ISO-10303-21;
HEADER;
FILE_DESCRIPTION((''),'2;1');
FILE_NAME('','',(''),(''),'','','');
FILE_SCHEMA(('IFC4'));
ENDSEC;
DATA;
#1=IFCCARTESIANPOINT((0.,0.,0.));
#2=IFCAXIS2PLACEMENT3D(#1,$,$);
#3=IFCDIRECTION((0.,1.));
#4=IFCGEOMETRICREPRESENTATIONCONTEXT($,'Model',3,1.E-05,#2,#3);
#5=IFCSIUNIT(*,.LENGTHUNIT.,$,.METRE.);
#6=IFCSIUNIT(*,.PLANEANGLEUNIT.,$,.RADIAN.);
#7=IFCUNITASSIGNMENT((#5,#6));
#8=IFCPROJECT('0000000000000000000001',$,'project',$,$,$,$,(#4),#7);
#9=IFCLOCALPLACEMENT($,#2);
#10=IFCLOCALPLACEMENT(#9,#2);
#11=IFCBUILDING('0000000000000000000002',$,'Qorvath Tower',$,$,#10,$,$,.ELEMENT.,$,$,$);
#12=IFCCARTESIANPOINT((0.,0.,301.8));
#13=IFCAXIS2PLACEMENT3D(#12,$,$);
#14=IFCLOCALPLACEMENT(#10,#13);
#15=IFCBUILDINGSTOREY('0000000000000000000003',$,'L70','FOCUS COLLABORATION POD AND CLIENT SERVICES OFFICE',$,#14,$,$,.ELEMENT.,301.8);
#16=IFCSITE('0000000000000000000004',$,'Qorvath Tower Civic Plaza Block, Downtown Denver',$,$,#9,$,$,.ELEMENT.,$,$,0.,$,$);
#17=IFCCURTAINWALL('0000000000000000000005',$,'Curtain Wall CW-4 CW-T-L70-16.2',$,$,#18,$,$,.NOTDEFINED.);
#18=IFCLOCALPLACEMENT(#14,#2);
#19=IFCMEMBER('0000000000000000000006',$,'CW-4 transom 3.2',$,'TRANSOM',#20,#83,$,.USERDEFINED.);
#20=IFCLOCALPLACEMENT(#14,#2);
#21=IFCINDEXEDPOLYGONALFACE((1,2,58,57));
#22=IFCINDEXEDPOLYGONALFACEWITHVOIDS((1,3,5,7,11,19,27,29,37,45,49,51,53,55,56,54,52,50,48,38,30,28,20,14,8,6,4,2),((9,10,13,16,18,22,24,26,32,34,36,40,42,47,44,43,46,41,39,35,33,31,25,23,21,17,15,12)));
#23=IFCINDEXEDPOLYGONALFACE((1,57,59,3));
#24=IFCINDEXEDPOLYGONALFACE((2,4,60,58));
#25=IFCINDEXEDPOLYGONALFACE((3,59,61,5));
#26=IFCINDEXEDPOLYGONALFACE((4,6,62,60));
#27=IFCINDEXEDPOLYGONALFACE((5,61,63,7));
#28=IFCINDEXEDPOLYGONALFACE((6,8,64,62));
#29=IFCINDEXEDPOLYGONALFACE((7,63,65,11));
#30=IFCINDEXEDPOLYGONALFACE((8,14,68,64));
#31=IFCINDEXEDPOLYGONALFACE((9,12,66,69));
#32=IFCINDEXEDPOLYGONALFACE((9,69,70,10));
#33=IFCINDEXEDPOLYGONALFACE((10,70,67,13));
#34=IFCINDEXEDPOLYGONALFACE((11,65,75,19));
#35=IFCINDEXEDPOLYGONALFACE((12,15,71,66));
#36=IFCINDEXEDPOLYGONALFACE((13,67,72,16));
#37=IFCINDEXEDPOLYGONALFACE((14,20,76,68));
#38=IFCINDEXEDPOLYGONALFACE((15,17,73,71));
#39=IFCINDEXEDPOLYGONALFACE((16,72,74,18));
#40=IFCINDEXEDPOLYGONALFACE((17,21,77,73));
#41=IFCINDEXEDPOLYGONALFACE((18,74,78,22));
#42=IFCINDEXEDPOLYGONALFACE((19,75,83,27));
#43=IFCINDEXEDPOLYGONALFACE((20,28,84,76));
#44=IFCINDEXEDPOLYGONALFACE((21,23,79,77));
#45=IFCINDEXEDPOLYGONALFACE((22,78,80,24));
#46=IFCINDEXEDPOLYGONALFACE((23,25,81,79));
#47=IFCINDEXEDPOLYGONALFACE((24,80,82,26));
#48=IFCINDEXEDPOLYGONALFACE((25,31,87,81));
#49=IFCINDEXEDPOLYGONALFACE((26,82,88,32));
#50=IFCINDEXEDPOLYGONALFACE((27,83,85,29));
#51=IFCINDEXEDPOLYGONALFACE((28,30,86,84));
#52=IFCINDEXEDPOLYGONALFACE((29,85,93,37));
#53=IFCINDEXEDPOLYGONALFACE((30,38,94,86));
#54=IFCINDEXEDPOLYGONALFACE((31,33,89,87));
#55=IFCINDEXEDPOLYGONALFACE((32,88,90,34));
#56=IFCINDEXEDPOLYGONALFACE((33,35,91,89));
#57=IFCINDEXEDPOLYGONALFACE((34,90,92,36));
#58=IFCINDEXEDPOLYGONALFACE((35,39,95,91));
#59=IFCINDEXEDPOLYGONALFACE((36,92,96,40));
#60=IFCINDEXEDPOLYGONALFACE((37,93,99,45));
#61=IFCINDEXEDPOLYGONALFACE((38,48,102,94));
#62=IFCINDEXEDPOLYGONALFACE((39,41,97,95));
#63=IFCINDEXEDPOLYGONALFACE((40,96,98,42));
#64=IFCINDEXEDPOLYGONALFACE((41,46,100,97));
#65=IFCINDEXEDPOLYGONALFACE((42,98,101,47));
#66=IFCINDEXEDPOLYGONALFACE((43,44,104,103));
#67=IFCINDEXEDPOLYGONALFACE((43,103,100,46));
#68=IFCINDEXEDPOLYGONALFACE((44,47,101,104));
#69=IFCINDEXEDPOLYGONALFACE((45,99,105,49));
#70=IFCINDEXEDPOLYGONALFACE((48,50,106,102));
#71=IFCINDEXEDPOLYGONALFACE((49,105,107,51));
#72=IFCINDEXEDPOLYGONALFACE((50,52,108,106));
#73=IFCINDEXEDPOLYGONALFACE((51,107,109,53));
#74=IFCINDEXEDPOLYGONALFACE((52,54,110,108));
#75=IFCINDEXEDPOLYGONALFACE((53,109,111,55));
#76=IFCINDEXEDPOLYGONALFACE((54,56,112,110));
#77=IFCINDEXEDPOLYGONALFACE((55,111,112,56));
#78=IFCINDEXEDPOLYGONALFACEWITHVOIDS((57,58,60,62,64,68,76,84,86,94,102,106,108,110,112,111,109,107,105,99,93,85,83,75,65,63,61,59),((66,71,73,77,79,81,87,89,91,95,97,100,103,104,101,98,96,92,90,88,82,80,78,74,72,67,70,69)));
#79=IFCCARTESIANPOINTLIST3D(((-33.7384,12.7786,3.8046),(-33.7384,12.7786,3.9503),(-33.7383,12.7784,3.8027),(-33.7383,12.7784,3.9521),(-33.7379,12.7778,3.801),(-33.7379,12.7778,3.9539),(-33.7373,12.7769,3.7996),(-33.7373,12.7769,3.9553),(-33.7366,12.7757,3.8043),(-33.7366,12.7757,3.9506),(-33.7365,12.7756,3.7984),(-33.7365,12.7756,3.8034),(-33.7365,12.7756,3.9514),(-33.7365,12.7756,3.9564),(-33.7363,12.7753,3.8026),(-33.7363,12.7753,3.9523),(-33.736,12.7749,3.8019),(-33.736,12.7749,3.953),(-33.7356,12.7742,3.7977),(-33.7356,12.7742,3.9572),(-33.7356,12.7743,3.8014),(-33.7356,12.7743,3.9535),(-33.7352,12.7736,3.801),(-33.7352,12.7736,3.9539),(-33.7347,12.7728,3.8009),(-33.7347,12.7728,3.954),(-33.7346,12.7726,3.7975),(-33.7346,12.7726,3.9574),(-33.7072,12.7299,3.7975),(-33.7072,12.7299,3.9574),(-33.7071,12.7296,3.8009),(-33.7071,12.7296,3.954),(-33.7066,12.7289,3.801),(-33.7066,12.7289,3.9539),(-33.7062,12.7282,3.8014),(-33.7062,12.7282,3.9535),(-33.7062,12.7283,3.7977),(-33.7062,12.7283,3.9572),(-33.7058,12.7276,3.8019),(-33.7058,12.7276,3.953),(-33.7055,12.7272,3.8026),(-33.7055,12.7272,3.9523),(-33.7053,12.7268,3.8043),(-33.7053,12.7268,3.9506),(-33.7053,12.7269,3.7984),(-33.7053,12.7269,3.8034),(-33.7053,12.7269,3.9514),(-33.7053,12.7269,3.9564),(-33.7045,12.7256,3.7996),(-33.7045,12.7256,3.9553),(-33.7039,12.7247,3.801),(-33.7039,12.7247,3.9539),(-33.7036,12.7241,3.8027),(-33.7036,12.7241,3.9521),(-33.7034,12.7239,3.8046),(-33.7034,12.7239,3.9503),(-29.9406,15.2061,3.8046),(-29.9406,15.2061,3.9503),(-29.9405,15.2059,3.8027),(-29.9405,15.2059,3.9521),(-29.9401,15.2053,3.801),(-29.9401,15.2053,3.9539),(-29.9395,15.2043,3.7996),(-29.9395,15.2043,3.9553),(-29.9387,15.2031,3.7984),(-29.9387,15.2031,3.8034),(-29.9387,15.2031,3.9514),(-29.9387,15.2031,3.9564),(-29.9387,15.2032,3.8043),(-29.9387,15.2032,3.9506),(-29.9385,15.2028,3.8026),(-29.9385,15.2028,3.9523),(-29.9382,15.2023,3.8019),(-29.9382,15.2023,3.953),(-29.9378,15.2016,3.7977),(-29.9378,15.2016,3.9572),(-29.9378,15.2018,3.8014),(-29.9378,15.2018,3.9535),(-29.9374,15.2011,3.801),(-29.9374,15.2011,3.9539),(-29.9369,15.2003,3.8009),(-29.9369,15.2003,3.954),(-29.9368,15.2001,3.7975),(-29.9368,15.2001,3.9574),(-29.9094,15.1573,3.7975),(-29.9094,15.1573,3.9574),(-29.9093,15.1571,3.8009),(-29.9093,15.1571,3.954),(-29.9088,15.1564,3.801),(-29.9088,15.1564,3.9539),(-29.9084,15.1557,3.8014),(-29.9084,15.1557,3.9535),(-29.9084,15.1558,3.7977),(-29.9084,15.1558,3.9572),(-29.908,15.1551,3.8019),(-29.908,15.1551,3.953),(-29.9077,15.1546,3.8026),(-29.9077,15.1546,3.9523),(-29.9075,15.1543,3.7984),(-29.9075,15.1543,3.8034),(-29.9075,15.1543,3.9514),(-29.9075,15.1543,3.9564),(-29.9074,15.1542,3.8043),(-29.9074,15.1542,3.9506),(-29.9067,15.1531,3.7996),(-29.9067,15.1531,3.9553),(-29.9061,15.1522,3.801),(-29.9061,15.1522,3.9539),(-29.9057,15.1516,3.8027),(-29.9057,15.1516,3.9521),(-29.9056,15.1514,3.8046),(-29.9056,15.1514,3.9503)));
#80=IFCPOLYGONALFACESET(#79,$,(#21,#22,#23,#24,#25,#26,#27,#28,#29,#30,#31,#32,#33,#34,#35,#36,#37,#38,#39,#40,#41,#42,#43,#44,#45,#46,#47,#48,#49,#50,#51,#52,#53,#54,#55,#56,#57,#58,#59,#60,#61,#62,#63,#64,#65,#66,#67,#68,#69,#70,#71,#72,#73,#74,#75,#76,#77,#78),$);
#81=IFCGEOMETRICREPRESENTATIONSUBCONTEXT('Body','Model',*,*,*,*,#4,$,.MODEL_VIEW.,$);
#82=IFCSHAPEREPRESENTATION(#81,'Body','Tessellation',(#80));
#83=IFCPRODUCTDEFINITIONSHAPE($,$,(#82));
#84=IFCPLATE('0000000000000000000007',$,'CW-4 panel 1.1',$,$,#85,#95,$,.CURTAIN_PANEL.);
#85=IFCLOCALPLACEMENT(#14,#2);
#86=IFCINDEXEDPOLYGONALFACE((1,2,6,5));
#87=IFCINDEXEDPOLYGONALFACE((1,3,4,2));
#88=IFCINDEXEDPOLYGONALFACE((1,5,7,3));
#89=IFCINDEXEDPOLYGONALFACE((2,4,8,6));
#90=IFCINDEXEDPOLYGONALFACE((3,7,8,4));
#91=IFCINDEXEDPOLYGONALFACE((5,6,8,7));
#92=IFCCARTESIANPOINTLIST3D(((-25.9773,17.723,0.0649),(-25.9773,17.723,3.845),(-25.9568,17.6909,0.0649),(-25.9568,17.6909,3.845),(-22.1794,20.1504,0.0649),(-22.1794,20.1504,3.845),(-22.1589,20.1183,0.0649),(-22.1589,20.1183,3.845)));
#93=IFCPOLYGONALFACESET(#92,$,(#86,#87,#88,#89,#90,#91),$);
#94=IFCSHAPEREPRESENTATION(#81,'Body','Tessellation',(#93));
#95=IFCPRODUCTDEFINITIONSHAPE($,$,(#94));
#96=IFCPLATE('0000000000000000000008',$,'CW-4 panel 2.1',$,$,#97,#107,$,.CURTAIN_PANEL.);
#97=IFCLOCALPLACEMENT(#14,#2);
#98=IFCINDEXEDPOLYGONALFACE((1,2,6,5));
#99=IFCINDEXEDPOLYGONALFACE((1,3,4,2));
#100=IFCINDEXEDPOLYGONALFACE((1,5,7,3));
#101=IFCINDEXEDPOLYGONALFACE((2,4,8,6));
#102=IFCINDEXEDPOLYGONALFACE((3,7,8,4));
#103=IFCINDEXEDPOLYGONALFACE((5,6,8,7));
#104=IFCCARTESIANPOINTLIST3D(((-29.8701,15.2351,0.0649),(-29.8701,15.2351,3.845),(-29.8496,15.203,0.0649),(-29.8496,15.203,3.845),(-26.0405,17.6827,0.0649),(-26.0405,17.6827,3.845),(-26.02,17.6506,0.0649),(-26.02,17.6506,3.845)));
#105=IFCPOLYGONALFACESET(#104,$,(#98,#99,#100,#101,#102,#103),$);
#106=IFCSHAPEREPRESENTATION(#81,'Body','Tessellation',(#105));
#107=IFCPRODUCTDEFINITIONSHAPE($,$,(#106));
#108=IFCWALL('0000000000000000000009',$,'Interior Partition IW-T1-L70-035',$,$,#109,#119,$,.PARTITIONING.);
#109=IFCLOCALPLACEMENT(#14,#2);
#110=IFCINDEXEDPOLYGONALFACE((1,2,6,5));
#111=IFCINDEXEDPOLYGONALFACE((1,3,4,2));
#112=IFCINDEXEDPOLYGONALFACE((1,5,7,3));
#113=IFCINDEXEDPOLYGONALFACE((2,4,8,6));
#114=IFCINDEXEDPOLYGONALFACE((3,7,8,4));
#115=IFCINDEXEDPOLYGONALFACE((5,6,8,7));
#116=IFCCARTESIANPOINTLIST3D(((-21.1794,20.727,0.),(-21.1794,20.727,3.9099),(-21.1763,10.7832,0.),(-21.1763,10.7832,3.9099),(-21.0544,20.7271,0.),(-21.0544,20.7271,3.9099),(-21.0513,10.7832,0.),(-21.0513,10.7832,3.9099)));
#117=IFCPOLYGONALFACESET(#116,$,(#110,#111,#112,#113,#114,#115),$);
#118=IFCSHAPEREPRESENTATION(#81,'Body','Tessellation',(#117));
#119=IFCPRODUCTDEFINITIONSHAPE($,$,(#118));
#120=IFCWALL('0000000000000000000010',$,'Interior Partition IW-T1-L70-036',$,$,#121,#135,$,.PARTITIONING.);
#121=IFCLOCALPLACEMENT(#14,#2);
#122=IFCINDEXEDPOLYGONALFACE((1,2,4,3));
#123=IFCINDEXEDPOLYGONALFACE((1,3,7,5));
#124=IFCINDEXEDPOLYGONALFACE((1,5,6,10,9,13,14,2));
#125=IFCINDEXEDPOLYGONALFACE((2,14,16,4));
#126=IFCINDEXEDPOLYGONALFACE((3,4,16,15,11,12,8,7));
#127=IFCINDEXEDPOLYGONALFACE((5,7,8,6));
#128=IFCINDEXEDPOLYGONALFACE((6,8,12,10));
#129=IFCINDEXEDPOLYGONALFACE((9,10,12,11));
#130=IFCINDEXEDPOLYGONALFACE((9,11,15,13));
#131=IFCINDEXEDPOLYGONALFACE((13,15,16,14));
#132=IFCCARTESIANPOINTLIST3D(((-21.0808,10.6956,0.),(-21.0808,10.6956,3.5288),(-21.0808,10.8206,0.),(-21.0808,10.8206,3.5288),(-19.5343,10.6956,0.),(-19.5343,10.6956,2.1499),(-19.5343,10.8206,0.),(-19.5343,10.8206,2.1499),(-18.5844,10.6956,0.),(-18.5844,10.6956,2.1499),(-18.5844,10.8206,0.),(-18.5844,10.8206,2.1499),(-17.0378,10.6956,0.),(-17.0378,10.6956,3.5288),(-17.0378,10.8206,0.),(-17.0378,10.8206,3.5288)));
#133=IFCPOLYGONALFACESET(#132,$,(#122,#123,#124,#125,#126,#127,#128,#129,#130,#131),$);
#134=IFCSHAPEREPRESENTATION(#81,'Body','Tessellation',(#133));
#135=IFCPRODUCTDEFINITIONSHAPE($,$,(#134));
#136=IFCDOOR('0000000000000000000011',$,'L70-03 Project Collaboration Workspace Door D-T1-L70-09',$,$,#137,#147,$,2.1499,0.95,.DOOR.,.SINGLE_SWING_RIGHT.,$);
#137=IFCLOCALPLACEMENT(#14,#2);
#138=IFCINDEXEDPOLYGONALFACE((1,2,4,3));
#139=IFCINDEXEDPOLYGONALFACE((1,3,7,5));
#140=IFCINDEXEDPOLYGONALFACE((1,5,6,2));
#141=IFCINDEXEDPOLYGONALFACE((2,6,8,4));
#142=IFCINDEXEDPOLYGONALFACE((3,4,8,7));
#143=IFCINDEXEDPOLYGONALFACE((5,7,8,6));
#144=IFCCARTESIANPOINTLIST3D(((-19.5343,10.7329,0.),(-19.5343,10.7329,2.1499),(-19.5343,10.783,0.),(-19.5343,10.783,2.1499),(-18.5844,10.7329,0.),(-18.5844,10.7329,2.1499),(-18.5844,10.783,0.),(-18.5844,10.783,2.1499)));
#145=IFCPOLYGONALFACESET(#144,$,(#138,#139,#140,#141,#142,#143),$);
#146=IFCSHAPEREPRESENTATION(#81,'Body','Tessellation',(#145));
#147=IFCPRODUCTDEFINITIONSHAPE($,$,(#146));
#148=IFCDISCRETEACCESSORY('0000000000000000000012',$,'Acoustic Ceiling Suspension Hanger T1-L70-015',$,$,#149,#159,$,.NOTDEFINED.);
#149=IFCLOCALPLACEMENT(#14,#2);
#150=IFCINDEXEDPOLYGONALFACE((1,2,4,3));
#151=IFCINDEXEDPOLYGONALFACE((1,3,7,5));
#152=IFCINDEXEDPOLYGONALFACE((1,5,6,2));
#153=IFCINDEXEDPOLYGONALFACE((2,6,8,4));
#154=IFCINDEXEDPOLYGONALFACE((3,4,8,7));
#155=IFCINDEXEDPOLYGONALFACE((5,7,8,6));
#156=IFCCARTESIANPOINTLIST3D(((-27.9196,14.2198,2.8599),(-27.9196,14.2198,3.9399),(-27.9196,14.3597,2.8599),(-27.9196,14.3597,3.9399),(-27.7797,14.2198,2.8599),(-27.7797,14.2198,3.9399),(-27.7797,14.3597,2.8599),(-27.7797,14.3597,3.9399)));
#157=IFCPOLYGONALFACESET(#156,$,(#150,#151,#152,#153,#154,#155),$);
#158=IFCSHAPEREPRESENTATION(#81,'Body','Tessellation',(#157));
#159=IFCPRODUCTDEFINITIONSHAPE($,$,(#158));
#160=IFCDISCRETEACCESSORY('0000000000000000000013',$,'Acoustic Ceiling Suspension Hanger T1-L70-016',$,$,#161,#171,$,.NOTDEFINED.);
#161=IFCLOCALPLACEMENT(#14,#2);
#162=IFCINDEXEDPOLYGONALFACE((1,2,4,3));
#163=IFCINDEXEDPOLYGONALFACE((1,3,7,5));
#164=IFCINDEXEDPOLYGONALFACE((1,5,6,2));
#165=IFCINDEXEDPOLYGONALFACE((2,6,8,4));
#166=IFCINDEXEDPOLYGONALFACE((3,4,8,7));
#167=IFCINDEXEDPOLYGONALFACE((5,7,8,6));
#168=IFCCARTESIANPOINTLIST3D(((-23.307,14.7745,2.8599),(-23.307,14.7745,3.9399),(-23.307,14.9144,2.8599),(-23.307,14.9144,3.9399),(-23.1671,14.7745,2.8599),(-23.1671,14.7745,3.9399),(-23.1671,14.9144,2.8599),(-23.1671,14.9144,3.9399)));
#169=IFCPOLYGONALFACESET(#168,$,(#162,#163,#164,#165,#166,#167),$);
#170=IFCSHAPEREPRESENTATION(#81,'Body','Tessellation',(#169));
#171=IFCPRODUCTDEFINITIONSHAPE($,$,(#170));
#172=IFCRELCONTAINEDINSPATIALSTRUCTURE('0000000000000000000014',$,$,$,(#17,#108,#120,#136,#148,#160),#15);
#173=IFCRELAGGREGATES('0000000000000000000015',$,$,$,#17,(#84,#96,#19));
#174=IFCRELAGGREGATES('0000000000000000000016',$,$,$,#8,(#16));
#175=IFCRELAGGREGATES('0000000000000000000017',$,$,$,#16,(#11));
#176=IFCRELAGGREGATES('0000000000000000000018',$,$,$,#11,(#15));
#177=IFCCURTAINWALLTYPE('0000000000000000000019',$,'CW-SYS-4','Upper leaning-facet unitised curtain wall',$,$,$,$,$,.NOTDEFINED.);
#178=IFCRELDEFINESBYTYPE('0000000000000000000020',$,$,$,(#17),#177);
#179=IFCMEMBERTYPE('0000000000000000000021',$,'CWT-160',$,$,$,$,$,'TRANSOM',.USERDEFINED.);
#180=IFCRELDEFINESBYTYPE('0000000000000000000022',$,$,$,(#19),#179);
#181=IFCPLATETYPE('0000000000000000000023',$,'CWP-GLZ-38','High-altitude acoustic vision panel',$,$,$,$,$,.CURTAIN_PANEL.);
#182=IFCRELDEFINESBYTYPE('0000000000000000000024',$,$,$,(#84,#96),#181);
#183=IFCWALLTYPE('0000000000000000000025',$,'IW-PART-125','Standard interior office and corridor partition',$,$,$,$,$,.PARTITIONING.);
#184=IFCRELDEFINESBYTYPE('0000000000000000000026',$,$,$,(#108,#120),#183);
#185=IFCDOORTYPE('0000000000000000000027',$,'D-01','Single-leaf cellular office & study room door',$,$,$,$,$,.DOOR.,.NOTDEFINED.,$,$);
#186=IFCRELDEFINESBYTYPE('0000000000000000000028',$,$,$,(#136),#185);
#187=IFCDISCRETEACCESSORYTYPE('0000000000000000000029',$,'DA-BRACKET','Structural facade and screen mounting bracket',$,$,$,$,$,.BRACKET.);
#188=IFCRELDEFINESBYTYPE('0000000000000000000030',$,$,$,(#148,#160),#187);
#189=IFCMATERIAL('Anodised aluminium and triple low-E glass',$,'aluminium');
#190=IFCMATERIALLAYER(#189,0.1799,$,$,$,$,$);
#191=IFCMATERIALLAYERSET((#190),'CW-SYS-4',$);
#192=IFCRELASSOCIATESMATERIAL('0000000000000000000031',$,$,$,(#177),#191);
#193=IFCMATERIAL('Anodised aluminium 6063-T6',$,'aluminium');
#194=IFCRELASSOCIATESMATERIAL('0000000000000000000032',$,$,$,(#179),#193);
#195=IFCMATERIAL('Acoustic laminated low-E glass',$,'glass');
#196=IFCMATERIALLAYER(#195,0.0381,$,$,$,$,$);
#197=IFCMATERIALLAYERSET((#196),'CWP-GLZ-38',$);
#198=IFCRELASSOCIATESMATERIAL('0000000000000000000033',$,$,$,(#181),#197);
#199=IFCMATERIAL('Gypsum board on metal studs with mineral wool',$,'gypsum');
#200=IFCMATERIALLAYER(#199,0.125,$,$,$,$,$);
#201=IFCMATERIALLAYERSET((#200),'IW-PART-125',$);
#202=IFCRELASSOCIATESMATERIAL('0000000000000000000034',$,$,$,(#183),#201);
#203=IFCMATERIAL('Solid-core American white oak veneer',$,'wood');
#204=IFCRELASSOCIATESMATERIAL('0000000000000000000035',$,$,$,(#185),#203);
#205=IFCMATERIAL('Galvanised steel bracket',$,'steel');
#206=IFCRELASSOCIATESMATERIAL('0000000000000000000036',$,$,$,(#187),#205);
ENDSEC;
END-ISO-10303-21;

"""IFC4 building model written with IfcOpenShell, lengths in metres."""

from ifc_helpers import new_model, si_unit, direction, frame, frame_2d, origin, origin_2d, place, context, subcontext, project, spatial, rectangle, hollow_rectangle, extrude, material, layer, layer_set, material_profile, profile_set, type_object, element, fill, aggregate, save


model = new_model("IFC4")

# Units and contexts
model_context = context("Model", 3, precision=1e-05, world=origin(), true_north=direction((0.0, 1.0)))
body_context = subcontext(model_context, "Body", "Model", "MODEL_VIEW")
ifc_project = project(units=[si_unit("LENGTHUNIT", "METRE"), si_unit("PLANEANGLEUNIT", "RADIAN")], contexts=[model_context])

# Site, building, storey
site_placement = place(None, origin())
site = spatial("IfcSite", under=ifc_project, at=site_placement, Name="Qorvath Tower Civic Plaza Block, Downtown Denver", CompositionType="ELEMENT", RefElevation=0.0)
building_placement = place(site_placement, origin())
building = spatial("IfcBuilding", under=site, at=building_placement, Name="Qorvath Tower", CompositionType="ELEMENT")
storey_placement = place(building_placement, frame((0.0, 0.0, 301.8)))
storey = spatial("IfcBuildingStorey", under=building, at=storey_placement, Name="L70", Description="FOCUS COLLABORATION POD AND CLIENT SERVICES OFFICE", CompositionType="ELEMENT", Elevation=301.8)

# Shared definitions
ifc_material_1 = material(Name="Anodised aluminium and triple low-E glass", Category="aluminium")
ifc_layer_1 = layer(ifc_material_1, 0.1799)
ifc_layer_set_1 = layer_set([ifc_layer_1], Name="CW-SYS-4")
curtain_wall_type = type_object("IfcCurtainWallType", Name="CW-SYS-4", Description="Upper leaning-facet unitised curtain wall", PredefinedType="NOTDEFINED", material=ifc_layer_set_1)

# Curtain wall, member, plates
curtain_wall_1_placement = place(storey_placement, origin())
curtain_wall_1 = element("IfcCurtainWall", 1, at=curtain_wall_1_placement, inside=storey, type_object=curtain_wall_type, Name="Curtain Wall CW-4 CW-T-L70-16.2", PredefinedType="NOTDEFINED")
ifc_material_2 = material(Name="Anodised aluminium 6063-T6", Category="aluminium")
ifc_material_profile_1 = material_profile(ifc_material_2, hollow_rectangle(XDim=0.0649, YDim=0.1599, WallThickness=0.0034, InnerFilletRadius=0.0034, OuterFilletRadius=0.0071, at=origin_2d()), Name="CWT 160x65")
ifc_profile_set_1 = profile_set([ifc_material_profile_1], Name="Anodised aluminium 6063-T6")
member_type_1 = type_object("IfcMemberType", Name="CWT-160", ElementType="TRANSOM", PredefinedType="USERDEFINED", material=ifc_profile_set_1)
member_1_placement = place(storey_placement, frame((-29.9231, 15.1787, 3.8774), z_axis=(-0.842587, -0.53856, 0.0), x_axis=(0.53856, -0.842587, 0.0)))
member_1 = element("IfcMember", 2, at=member_1_placement, type_object=member_type_1, Name="CW-4 transom 3.2", ObjectType="TRANSOM", PredefinedType="USERDEFINED", context=body_context, shape_type="SweptSolid", body=[
    extrude(hollow_rectangle(XDim=0.0649, YDim=0.1599, WallThickness=0.0034, InnerFilletRadius=0.0034, OuterFilletRadius=0.0071, at=origin_2d()), origin(), (0.0, 0.0, 1.0), 4.5073),
])
ifc_material_3 = material(Name="Acoustic laminated low-E glass", Category="glass")
ifc_layer_2 = layer(ifc_material_3, 0.0381)
ifc_layer_set_2 = layer_set([ifc_layer_2], Name="CWP-GLZ-38")
plate_type = type_object("IfcPlateType", Name="CWP-GLZ-38", Description="High-altitude acoustic vision panel", PredefinedType="CURTAIN_PANEL", material=ifc_layer_set_2)
plate_1_placement = place(storey_placement, frame((-24.0681, 18.9207, 0.0649), z_axis=(0.0, 0.0, 1.0), x_axis=(-0.842604, -0.538534, 0.0)))
plate_1 = element("IfcPlate", 3, at=plate_1_placement, type_object=plate_type, Name="CW-4 panel 1.1", PredefinedType="CURTAIN_PANEL", context=body_context, shape_type="SweptSolid", body=[
    extrude(rectangle(XDim=4.5073, YDim=0.0381, at=origin_2d()), origin(), (0.0, 0.0, 1.0), 3.78),
])
plate_2_placement = place(storey_placement, frame((-27.9451, 16.4429, 0.0649), z_axis=(0.0, 0.0, 1.0), x_axis=(-0.842604, -0.538534, 0.0)))
plate_2 = element("IfcPlate", 4, at=plate_2_placement, type_object=plate_type, Name="CW-4 panel 2.1", PredefinedType="CURTAIN_PANEL", context=body_context, shape_type="SweptSolid", body=[
    extrude(rectangle(XDim=4.5449, YDim=0.0381, at=origin_2d()), origin(), (0.0, 0.0, 1.0), 3.78),
])
aggregate(curtain_wall_1, [plate_1, plate_2, member_1])

# Wall
ifc_material_4 = material(Name="Gypsum board on metal studs with mineral wool", Category="gypsum")
ifc_layer_3 = layer(ifc_material_4, 0.125)
ifc_layer_set_3 = layer_set([ifc_layer_3], Name="IW-PART-125")
wall_type = type_object("IfcWallType", Name="IW-PART-125", Description="Standard interior office and corridor partition", PredefinedType="PARTITIONING", material=ifc_layer_set_3)
wall_1_placement = place(storey_placement, frame((-21.1138, 10.7832, 0.0), z_axis=(0.0, 0.0, 1.0), x_axis=(-0.000319, 1.0, 0.0)))
element("IfcWall", 5, at=wall_1_placement, inside=storey, type_object=wall_type, Name="Interior Partition IW-T1-L70-035", PredefinedType="PARTITIONING", context=body_context, shape_type="SweptSolid", body=[
    extrude(rectangle(XDim=9.9438, YDim=0.125, at=frame_2d((4.9719, 0.0))), origin(), (0.0, 0.0, 1.0), 3.9099),
])

# Wall, opening, door
wall_2_placement = place(storey_placement, frame((-21.0808, 10.7581, 0.0), z_axis=(0.0, 0.0, 1.0), x_axis=(1.0, 0.0, 0.0)))
wall_2 = element("IfcWall", 6, at=wall_2_placement, inside=storey, type_object=wall_type, Name="Interior Partition IW-T1-L70-036", PredefinedType="PARTITIONING", context=body_context, shape_type="SweptSolid", body=[
    extrude(rectangle(XDim=4.043, YDim=0.125, at=frame_2d((2.0215, 0.0))), origin(), (0.0, 0.0, 1.0), 3.5288),
])
opening_placement = place(wall_2_placement, frame((1.5464, 0.0, 0.0)))
opening = element("IfcOpeningElement", 7, at=opening_placement, cuts=wall_2, PredefinedType="OPENING", context=body_context, shape_type="SweptSolid", body=[
    extrude(rectangle(XDim=0.95, YDim=2.1499, at=frame_2d((0.4751, 1.075))), frame((0.0, 0.0725, 0.0), z_axis=(0.0, -1.0, 0.0), x_axis=(1.0, 0.0, 0.0)), (0.0, 0.0, 1.0), 0.145),
])
ifc_material_5 = material(Name="Solid-core American white oak veneer", Category="wood")
door_type = type_object("IfcDoorType", Name="D-01", Description="Single-leaf cellular office & study room door", OperationType="NOTDEFINED", PredefinedType="DOOR", material=ifc_material_5)
door_placement = place(opening_placement, origin())
door = element("IfcDoor", 8, at=door_placement, inside=storey, type_object=door_type, Name="L70-03 Project Collaboration Workspace Door D-T1-L70-09", OperationType="SINGLE_SWING_RIGHT", OverallHeight=2.1499, OverallWidth=0.95, PredefinedType="DOOR", context=body_context, shape_type="SweptSolid", body=[
    extrude(rectangle(XDim=0.95, YDim=2.1499, at=frame_2d((0.4751, 1.075))), frame((0.0, 0.0249, 0.0), z_axis=(0.0, -1.0, 0.0), x_axis=(1.0, 0.0, 0.0)), (0.0, 0.0, 1.0), 0.05),
])
fill(opening, door)

# Discrete accessories
ifc_material_6 = material(Name="Galvanised steel bracket", Category="steel")
discrete_accessory_type = type_object("IfcDiscreteAccessoryType", Name="DA-BRACKET", Description="Structural facade and screen mounting bracket", PredefinedType="BRACKET", material=ifc_material_6)
for number, where, z_axis, x_axis, name in (
    (9, (-27.8496, 14.2898, 2.8599), (0.0, 0.0, 1.0), (1.0, 0.0, 0.0), "Acoustic Ceiling Suspension Hanger T1-L70-015"),
    (10, (-23.2371, 14.8445, 2.8599), (0.0, 0.0, 1.0), (1.0, 0.0, 0.0), "Acoustic Ceiling Suspension Hanger T1-L70-016"),
):
    element("IfcDiscreteAccessory", number, at=place(storey_placement, frame(where, z_axis=z_axis, x_axis=x_axis)), inside=storey, type_object=discrete_accessory_type, Name=name, PredefinedType="NOTDEFINED", context=body_context, shape_type="SweptSolid", body=[
        extrude(rectangle(XDim=0.1399, YDim=0.1399, at=origin_2d()), origin(), (0.0, 0.0, 1.0), 1.0801),
    ])

save(model, "model.ifc")
